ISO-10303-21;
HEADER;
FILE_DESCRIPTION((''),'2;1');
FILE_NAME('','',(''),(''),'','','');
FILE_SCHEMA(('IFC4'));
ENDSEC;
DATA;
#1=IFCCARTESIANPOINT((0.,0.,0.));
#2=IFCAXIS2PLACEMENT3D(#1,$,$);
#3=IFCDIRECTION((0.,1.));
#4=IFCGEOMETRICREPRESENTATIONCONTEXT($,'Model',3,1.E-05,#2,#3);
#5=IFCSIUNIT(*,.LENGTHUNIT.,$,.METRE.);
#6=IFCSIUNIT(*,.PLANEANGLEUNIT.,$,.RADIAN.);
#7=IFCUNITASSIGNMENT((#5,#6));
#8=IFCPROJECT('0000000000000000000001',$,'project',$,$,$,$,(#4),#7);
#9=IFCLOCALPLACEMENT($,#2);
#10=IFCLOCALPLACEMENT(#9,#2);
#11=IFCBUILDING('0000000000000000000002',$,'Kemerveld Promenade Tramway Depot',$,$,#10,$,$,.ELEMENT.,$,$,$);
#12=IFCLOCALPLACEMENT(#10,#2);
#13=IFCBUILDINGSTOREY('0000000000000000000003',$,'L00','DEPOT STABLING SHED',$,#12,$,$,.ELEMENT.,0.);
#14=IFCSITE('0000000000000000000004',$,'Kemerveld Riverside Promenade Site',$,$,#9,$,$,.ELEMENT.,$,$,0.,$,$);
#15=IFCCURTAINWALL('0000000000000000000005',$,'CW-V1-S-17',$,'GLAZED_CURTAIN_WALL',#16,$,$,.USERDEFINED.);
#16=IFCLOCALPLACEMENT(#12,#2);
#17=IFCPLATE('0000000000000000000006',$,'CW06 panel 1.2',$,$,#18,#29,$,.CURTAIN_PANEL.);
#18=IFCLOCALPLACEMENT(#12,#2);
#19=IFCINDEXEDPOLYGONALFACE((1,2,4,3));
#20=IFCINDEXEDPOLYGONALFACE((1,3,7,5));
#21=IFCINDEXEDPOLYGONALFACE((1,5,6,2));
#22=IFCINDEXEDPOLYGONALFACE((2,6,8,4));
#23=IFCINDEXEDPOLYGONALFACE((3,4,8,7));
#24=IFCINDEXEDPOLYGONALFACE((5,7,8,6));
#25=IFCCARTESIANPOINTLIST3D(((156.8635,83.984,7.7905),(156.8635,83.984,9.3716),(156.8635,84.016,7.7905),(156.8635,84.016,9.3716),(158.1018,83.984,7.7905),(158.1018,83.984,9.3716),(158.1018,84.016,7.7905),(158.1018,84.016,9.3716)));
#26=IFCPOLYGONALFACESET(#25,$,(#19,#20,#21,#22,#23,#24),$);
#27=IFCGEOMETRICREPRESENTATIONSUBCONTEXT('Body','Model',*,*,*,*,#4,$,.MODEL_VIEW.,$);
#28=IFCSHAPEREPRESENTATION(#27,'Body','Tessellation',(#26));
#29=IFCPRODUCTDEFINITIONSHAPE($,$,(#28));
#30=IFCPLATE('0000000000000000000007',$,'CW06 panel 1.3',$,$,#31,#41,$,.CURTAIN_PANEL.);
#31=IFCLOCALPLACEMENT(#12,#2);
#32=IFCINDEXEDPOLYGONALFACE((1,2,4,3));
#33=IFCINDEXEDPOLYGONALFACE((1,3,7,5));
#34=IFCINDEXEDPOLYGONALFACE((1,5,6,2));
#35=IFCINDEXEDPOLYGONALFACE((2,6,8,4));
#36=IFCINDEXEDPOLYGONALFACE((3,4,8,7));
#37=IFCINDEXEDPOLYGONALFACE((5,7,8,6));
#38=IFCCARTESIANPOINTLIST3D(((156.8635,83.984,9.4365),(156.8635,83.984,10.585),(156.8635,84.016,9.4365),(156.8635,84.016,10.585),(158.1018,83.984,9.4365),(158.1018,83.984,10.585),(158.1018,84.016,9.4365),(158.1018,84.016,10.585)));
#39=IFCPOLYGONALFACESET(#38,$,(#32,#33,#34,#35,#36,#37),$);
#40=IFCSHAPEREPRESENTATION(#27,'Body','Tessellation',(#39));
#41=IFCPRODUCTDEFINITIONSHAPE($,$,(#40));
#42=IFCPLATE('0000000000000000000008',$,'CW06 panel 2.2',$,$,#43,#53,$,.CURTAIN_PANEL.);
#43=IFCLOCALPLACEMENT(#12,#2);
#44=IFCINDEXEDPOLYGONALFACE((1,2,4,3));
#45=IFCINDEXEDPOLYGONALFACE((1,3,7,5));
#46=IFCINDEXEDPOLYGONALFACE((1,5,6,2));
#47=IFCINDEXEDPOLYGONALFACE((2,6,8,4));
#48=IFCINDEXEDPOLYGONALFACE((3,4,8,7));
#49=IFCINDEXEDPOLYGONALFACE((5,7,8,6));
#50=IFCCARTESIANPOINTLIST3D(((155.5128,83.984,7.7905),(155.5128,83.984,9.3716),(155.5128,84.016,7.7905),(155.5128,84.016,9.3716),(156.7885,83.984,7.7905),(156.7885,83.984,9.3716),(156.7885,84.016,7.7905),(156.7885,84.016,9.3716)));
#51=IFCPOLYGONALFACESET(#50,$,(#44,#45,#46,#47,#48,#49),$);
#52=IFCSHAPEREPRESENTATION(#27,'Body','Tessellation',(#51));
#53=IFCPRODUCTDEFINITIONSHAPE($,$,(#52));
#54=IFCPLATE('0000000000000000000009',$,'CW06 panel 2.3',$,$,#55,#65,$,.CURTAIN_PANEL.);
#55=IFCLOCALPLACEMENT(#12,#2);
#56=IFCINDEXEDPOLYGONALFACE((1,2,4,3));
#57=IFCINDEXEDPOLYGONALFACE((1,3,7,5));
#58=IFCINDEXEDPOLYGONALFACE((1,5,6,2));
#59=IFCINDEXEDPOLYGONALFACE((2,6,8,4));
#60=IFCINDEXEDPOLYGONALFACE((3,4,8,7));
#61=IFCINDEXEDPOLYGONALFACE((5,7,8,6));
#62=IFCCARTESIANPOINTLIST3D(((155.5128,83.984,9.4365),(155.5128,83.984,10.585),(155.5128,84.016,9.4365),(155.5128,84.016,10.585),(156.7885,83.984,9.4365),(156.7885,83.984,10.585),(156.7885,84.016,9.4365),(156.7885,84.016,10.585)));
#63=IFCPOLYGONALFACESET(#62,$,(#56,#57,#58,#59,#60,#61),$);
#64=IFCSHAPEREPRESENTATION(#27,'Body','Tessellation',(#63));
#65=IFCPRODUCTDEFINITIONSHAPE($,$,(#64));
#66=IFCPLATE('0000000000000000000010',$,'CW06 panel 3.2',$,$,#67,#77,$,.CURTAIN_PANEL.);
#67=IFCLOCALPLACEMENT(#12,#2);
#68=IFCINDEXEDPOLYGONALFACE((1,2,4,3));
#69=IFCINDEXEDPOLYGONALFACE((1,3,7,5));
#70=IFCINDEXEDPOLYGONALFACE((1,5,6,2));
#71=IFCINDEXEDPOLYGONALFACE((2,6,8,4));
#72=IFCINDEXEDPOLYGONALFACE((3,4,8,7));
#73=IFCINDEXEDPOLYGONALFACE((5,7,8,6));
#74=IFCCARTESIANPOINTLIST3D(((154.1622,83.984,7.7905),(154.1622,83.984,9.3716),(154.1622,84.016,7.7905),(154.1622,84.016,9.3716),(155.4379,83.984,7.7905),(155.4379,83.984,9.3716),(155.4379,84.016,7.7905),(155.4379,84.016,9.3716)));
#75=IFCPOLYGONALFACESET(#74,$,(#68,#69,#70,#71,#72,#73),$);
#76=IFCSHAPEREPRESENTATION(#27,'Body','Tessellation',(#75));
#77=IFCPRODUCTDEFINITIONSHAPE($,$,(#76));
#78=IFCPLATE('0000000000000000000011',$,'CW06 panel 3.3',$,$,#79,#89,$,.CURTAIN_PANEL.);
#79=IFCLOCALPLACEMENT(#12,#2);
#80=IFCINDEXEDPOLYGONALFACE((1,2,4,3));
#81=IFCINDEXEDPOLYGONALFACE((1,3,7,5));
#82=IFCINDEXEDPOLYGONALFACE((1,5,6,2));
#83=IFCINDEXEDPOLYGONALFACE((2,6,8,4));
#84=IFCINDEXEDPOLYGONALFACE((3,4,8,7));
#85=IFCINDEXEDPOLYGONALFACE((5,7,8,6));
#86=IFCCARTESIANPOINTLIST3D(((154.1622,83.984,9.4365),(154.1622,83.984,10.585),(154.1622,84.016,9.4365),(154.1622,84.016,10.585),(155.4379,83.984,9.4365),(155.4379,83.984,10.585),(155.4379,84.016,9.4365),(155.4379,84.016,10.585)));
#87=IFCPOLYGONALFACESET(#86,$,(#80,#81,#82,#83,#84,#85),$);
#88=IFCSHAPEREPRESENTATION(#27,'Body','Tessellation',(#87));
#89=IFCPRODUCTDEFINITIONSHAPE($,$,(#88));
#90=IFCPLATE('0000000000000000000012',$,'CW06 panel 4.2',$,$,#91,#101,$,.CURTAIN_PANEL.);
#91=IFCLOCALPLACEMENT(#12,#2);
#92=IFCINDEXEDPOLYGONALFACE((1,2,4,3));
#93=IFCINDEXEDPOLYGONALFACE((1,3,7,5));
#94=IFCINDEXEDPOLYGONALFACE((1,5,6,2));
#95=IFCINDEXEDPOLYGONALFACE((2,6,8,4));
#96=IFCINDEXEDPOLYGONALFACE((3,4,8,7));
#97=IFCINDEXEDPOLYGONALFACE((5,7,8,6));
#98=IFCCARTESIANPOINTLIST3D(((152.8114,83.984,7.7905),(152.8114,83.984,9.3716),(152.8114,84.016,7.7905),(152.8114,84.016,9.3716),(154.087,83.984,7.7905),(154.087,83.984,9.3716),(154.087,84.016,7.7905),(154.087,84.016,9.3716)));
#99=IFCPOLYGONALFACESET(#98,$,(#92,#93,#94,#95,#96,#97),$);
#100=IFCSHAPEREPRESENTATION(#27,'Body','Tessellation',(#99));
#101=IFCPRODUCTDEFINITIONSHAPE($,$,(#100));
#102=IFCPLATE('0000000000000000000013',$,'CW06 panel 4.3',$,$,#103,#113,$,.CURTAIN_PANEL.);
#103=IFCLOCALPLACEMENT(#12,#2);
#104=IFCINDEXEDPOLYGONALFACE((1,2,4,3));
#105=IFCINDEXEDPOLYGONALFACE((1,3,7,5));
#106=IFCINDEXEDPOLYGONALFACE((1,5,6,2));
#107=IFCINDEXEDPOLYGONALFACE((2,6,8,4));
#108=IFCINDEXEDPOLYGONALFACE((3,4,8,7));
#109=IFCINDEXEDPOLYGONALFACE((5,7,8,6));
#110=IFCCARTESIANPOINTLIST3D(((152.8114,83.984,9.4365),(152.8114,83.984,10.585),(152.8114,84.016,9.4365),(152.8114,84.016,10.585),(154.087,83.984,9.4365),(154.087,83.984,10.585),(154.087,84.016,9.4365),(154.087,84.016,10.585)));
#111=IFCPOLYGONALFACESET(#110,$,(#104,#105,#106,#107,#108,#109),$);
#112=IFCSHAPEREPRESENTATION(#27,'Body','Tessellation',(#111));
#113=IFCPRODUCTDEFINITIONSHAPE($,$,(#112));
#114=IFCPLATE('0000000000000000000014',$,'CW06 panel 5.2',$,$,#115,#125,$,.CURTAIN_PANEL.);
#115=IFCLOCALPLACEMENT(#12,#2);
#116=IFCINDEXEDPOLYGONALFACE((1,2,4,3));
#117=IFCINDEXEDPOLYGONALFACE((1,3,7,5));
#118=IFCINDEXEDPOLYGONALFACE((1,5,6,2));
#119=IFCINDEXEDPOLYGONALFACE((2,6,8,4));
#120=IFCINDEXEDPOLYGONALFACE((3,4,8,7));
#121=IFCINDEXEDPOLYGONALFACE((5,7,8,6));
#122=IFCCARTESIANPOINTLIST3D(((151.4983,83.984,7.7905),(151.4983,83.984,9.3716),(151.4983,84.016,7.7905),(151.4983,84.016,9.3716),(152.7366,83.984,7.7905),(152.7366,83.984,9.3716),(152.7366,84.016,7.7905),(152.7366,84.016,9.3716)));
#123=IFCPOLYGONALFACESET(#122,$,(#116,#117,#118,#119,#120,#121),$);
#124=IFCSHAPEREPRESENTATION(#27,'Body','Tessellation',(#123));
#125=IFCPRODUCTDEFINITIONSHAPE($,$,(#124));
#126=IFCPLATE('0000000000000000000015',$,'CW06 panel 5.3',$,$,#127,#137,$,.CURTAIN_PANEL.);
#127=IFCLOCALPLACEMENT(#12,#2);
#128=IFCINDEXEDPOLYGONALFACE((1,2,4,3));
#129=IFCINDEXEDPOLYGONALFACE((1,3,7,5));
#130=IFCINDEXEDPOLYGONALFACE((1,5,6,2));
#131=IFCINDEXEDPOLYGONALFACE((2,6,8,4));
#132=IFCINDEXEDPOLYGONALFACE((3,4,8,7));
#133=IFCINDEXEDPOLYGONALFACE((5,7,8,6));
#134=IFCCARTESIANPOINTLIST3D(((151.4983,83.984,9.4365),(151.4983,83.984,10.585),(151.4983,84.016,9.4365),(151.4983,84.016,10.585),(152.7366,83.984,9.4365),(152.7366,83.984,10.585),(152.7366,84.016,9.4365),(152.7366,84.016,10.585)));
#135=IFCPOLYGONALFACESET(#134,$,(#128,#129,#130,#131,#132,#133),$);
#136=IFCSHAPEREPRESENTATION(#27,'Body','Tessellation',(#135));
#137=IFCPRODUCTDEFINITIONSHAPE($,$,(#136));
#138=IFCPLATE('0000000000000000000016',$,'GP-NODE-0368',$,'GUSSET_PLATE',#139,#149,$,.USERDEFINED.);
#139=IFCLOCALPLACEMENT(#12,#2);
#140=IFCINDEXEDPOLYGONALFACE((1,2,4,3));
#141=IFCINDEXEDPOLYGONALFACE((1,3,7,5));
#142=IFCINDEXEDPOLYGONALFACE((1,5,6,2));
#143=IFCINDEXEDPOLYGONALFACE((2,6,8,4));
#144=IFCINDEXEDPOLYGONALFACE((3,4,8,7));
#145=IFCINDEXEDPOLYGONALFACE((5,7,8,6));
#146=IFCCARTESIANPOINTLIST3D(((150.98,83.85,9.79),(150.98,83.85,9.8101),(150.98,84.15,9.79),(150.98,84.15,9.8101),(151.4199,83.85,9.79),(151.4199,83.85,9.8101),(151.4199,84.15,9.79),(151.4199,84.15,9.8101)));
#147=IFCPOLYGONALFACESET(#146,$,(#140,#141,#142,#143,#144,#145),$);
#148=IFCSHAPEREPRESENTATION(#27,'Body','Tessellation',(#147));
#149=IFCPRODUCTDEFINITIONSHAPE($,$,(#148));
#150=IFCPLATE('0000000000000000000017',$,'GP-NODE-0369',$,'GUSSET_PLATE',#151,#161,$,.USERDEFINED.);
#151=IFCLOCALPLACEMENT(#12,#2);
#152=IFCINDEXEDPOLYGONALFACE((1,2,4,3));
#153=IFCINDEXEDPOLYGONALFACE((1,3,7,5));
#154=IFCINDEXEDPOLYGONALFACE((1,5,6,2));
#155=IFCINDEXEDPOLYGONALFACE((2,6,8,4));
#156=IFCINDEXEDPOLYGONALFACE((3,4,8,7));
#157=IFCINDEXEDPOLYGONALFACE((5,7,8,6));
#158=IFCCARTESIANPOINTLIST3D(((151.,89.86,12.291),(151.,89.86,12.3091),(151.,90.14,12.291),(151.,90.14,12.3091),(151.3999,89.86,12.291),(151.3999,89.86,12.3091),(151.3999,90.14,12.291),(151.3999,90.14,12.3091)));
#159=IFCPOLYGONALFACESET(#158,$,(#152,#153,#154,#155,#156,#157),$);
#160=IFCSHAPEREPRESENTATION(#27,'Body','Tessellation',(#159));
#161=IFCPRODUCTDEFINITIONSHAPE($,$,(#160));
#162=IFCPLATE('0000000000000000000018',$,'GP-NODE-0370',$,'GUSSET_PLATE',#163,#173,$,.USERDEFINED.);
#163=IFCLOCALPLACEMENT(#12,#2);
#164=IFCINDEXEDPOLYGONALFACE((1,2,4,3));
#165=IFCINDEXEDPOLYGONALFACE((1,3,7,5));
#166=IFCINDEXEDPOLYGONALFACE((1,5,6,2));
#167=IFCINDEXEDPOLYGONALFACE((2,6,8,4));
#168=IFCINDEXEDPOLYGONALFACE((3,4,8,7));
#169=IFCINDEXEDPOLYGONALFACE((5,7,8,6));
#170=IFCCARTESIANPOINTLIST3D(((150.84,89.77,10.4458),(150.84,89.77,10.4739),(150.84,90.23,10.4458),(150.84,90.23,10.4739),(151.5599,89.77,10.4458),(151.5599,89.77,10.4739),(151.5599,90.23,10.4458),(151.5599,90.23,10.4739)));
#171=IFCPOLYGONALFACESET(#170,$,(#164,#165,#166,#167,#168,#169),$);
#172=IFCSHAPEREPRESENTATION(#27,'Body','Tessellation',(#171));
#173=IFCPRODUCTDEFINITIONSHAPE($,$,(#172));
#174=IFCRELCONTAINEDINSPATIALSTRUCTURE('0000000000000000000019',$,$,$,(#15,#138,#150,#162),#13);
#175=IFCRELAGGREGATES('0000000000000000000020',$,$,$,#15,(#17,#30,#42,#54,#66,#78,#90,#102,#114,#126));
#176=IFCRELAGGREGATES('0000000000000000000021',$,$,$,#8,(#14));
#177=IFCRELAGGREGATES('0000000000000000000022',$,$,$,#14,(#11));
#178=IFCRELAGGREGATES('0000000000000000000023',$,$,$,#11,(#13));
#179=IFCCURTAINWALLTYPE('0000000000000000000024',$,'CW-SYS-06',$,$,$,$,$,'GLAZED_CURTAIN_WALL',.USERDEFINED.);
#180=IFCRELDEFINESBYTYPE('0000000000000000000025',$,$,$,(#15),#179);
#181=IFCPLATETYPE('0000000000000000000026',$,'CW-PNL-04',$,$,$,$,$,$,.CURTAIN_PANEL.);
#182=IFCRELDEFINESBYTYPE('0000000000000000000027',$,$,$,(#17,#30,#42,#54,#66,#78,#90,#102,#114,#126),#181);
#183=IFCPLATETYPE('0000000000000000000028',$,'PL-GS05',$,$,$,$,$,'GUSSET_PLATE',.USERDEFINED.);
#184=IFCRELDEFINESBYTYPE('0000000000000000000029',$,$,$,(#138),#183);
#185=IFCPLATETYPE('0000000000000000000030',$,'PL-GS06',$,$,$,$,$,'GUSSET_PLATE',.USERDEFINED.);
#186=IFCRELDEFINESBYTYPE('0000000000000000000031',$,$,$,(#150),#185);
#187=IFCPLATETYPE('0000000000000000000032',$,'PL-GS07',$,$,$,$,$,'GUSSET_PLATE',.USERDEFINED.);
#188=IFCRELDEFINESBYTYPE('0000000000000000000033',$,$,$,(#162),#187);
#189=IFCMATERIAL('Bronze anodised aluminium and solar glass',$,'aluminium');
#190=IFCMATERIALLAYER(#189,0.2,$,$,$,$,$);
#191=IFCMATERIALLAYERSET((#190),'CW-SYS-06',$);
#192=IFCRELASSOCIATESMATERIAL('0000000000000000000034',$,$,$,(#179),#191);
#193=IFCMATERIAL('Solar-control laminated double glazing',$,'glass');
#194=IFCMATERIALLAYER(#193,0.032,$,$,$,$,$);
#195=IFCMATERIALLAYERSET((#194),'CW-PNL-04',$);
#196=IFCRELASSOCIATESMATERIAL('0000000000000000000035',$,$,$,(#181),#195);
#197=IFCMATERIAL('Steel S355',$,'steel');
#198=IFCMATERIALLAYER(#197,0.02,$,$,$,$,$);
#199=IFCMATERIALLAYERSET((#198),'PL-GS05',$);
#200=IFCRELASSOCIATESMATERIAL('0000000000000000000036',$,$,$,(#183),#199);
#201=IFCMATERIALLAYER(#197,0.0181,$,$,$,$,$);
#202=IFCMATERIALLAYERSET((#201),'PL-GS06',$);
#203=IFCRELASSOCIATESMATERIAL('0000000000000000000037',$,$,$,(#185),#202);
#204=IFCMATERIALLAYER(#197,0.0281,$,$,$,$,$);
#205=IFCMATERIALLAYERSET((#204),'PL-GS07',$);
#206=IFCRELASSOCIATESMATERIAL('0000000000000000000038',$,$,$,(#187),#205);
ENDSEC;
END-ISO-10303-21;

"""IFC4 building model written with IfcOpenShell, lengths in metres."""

from ifc_helpers import new_model, si_unit, direction, frame, origin, origin_2d, place, context, subcontext, project, spatial, rectangle, extrude, material, layer, layer_set, type_object, element, aggregate, save


model = new_model("IFC4")

# Units and contexts
model_context = context("Model", 3, precision=1e-05, world=origin(), true_north=direction((0.0, 1.0)))
body_context = subcontext(model_context, "Body", "Model", "MODEL_VIEW")
ifc_project = project(units=[si_unit("LENGTHUNIT", "METRE"), si_unit("PLANEANGLEUNIT", "RADIAN")], contexts=[model_context])

# Site, building, storey
site_placement = place(None, origin())
site = spatial("IfcSite", under=ifc_project, at=site_placement, Name="Kemerveld Riverside Promenade Site", CompositionType="ELEMENT", RefElevation=0.0)
building_placement = place(site_placement, origin())
building = spatial("IfcBuilding", under=site, at=building_placement, Name="Kemerveld Promenade Tramway Depot", CompositionType="ELEMENT")
storey_placement = place(building_placement, origin())
storey = spatial("IfcBuildingStorey", under=building, at=storey_placement, Name="L00", Description="DEPOT STABLING SHED", CompositionType="ELEMENT", Elevation=0.0)

# Shared definitions
ifc_material_1 = material(Name="Steel S355", Category="steel")

# Curtain wall
ifc_material_2 = material(Name="Bronze anodised aluminium and solar glass", Category="aluminium")
ifc_layer_1 = layer(ifc_material_2, 0.2)
ifc_layer_set_1 = layer_set([ifc_layer_1], Name="CW-SYS-06")
curtain_wall_type_1 = type_object("IfcCurtainWallType", Name="CW-SYS-06", ElementType="GLAZED_CURTAIN_WALL", PredefinedType="USERDEFINED", material=ifc_layer_set_1)
curtain_wall_1_placement = place(storey_placement, origin())
curtain_wall_1 = element("IfcCurtainWall", 1, at=curtain_wall_1_placement, inside=storey, type_object=curtain_wall_type_1, Name="CW-V1-S-17", ObjectType="GLAZED_CURTAIN_WALL", PredefinedType="USERDEFINED")

# Plates
ifc_material_3 = material(Name="Solar-control laminated double glazing", Category="glass")
ifc_layer_2 = layer(ifc_material_3, 0.032)
ifc_layer_set_2 = layer_set([ifc_layer_2], Name="CW-PNL-04")
plate_type_1 = type_object("IfcPlateType", Name="CW-PNL-04", PredefinedType="CURTAIN_PANEL", material=ifc_layer_set_2)
plate_1_placement = place(storey_placement, frame((157.4827, 84.0, 7.7905), z_axis=(0.0, 0.0, 1.0), x_axis=(-1.0, 0.0, 0.0)))
plate_1 = element("IfcPlate", 2, at=plate_1_placement, type_object=plate_type_1, Name="CW06 panel 1.2", PredefinedType="CURTAIN_PANEL", context=body_context, shape_type="SweptSolid", body=[
    extrude(rectangle(XDim=1.2383, YDim=0.032, at=origin_2d()), origin(), (0.0, 0.0, 1.0), 1.5811),
])
plate_2_placement = place(storey_placement, frame((157.4827, 84.0, 9.4365), z_axis=(0.0, 0.0, 1.0), x_axis=(-1.0, 0.0, 0.0)))
plate_2 = element("IfcPlate", 3, at=plate_2_placement, type_object=plate_type_1, Name="CW06 panel 1.3", PredefinedType="CURTAIN_PANEL", context=body_context, shape_type="SweptSolid", body=[
    extrude(rectangle(XDim=1.2383, YDim=0.032, at=origin_2d()), origin(), (0.0, 0.0, 1.0), 1.1484),
])
plate_3_placement = place(storey_placement, frame((156.1506, 84.0, 7.7905), z_axis=(0.0, 0.0, 1.0), x_axis=(-1.0, 0.0, 0.0)))
plate_3 = element("IfcPlate", 4, at=plate_3_placement, type_object=plate_type_1, Name="CW06 panel 2.2", PredefinedType="CURTAIN_PANEL", context=body_context, shape_type="SweptSolid", body=[
    extrude(rectangle(XDim=1.2756, YDim=0.032, at=origin_2d()), origin(), (0.0, 0.0, 1.0), 1.5811),
])
plate_4_placement = place(storey_placement, frame((156.1506, 84.0, 9.4365), z_axis=(0.0, 0.0, 1.0), x_axis=(-1.0, 0.0, 0.0)))
plate_4 = element("IfcPlate", 5, at=plate_4_placement, type_object=plate_type_1, Name="CW06 panel 2.3", PredefinedType="CURTAIN_PANEL", context=body_context, shape_type="SweptSolid", body=[
    extrude(rectangle(XDim=1.2756, YDim=0.032, at=origin_2d()), origin(), (0.0, 0.0, 1.0), 1.1484),
])
plate_5_placement = place(storey_placement, frame((154.8, 84.0, 7.7905), z_axis=(0.0, 0.0, 1.0), x_axis=(-1.0, 0.0, 0.0)))
plate_5 = element("IfcPlate", 6, at=plate_5_placement, type_object=plate_type_1, Name="CW06 panel 3.2", PredefinedType="CURTAIN_PANEL", context=body_context, shape_type="SweptSolid", body=[
    extrude(rectangle(XDim=1.2756, YDim=0.032, at=origin_2d()), origin(), (0.0, 0.0, 1.0), 1.5811),
])
plate_6_placement = place(storey_placement, frame((154.8, 84.0, 9.4365), z_axis=(0.0, 0.0, 1.0), x_axis=(-1.0, 0.0, 0.0)))
plate_6 = element("IfcPlate", 7, at=plate_6_placement, type_object=plate_type_1, Name="CW06 panel 3.3", PredefinedType="CURTAIN_PANEL", context=body_context, shape_type="SweptSolid", body=[
    extrude(rectangle(XDim=1.2756, YDim=0.032, at=origin_2d()), origin(), (0.0, 0.0, 1.0), 1.1484),
])
plate_7_placement = place(storey_placement, frame((153.4492, 84.0, 7.7905), z_axis=(0.0, 0.0, 1.0), x_axis=(-1.0, 0.0, 0.0)))
plate_7 = element("IfcPlate", 8, at=plate_7_placement, type_object=plate_type_1, Name="CW06 panel 4.2", PredefinedType="CURTAIN_PANEL", context=body_context, shape_type="SweptSolid", body=[
    extrude(rectangle(XDim=1.2756, YDim=0.032, at=origin_2d()), origin(), (0.0, 0.0, 1.0), 1.5811),
])
plate_8_placement = place(storey_placement, frame((153.4492, 84.0, 9.4365), z_axis=(0.0, 0.0, 1.0), x_axis=(-1.0, 0.0, 0.0)))
plate_8 = element("IfcPlate", 9, at=plate_8_placement, type_object=plate_type_1, Name="CW06 panel 4.3", PredefinedType="CURTAIN_PANEL", context=body_context, shape_type="SweptSolid", body=[
    extrude(rectangle(XDim=1.2756, YDim=0.032, at=origin_2d()), origin(), (0.0, 0.0, 1.0), 1.1484),
])
plate_9_placement = place(storey_placement, frame((152.1174, 84.0, 7.7905), z_axis=(0.0, 0.0, 1.0), x_axis=(-1.0, 0.0, 0.0)))
plate_9 = element("IfcPlate", 10, at=plate_9_placement, type_object=plate_type_1, Name="CW06 panel 5.2", PredefinedType="CURTAIN_PANEL", context=body_context, shape_type="SweptSolid", body=[
    extrude(rectangle(XDim=1.2383, YDim=0.032, at=origin_2d()), origin(), (0.0, 0.0, 1.0), 1.5811),
])
plate_10_placement = place(storey_placement, frame((152.1174, 84.0, 9.4365), z_axis=(0.0, 0.0, 1.0), x_axis=(-1.0, 0.0, 0.0)))
plate_10 = element("IfcPlate", 11, at=plate_10_placement, type_object=plate_type_1, Name="CW06 panel 5.3", PredefinedType="CURTAIN_PANEL", context=body_context, shape_type="SweptSolid", body=[
    extrude(rectangle(XDim=1.2383, YDim=0.032, at=origin_2d()), origin(), (0.0, 0.0, 1.0), 1.1484),
])
aggregate(curtain_wall_1, [plate_1, plate_2, plate_3, plate_4, plate_5, plate_6, plate_7, plate_8, plate_9, plate_10])

# Plates
ifc_layer_3 = layer(ifc_material_1, 0.02)
ifc_layer_set_3 = layer_set([ifc_layer_3], Name="PL-GS05")
plate_type_2 = type_object("IfcPlateType", Name="PL-GS05", ElementType="GUSSET_PLATE", PredefinedType="USERDEFINED", material=ifc_layer_set_3)
plate_11_placement = place(storey_placement, frame((151.2, 84.0, 9.79), z_axis=(0.0, 0.0, 1.0), x_axis=(1.0, 0.0, 0.0)))
element("IfcPlate", 12, at=plate_11_placement, inside=storey, type_object=plate_type_2, Name="GP-NODE-0368", ObjectType="GUSSET_PLATE", PredefinedType="USERDEFINED", context=body_context, shape_type="SweptSolid", body=[
    extrude(rectangle(XDim=0.4399, YDim=0.3, at=origin_2d()), origin(), (0.0, 0.0, 1.0), 0.02),
])
ifc_layer_4 = layer(ifc_material_1, 0.0181)
ifc_layer_set_4 = layer_set([ifc_layer_4], Name="PL-GS06")
plate_type_3 = type_object("IfcPlateType", Name="PL-GS06", ElementType="GUSSET_PLATE", PredefinedType="USERDEFINED", material=ifc_layer_set_4)
plate_12_placement = place(storey_placement, frame((151.2, 90.0, 12.291), z_axis=(0.0, 0.0, 1.0), x_axis=(1.0, 0.0, 0.0)))
element("IfcPlate", 13, at=plate_12_placement, inside=storey, type_object=plate_type_3, Name="GP-NODE-0369", ObjectType="GUSSET_PLATE", PredefinedType="USERDEFINED", context=body_context, shape_type="SweptSolid", body=[
    extrude(rectangle(XDim=0.3999, YDim=0.28, at=origin_2d()), origin(), (0.0, 0.0, 1.0), 0.0181),
])
ifc_layer_5 = layer(ifc_material_1, 0.0281)
ifc_layer_set_5 = layer_set([ifc_layer_5], Name="PL-GS07")
plate_type_4 = type_object("IfcPlateType", Name="PL-GS07", ElementType="GUSSET_PLATE", PredefinedType="USERDEFINED", material=ifc_layer_set_5)
plate_13_placement = place(storey_placement, frame((151.2, 90.0, 10.4458), z_axis=(0.0, 0.0, 1.0), x_axis=(1.0, 0.0, 0.0)))
element("IfcPlate", 14, at=plate_13_placement, inside=storey, type_object=plate_type_4, Name="GP-NODE-0370", ObjectType="GUSSET_PLATE", PredefinedType="USERDEFINED", context=body_context, shape_type="SweptSolid", body=[
    extrude(rectangle(XDim=0.72, YDim=0.46, at=origin_2d()), origin(), (0.0, 0.0, 1.0), 0.0281),
])

save(model, "model.ifc")
